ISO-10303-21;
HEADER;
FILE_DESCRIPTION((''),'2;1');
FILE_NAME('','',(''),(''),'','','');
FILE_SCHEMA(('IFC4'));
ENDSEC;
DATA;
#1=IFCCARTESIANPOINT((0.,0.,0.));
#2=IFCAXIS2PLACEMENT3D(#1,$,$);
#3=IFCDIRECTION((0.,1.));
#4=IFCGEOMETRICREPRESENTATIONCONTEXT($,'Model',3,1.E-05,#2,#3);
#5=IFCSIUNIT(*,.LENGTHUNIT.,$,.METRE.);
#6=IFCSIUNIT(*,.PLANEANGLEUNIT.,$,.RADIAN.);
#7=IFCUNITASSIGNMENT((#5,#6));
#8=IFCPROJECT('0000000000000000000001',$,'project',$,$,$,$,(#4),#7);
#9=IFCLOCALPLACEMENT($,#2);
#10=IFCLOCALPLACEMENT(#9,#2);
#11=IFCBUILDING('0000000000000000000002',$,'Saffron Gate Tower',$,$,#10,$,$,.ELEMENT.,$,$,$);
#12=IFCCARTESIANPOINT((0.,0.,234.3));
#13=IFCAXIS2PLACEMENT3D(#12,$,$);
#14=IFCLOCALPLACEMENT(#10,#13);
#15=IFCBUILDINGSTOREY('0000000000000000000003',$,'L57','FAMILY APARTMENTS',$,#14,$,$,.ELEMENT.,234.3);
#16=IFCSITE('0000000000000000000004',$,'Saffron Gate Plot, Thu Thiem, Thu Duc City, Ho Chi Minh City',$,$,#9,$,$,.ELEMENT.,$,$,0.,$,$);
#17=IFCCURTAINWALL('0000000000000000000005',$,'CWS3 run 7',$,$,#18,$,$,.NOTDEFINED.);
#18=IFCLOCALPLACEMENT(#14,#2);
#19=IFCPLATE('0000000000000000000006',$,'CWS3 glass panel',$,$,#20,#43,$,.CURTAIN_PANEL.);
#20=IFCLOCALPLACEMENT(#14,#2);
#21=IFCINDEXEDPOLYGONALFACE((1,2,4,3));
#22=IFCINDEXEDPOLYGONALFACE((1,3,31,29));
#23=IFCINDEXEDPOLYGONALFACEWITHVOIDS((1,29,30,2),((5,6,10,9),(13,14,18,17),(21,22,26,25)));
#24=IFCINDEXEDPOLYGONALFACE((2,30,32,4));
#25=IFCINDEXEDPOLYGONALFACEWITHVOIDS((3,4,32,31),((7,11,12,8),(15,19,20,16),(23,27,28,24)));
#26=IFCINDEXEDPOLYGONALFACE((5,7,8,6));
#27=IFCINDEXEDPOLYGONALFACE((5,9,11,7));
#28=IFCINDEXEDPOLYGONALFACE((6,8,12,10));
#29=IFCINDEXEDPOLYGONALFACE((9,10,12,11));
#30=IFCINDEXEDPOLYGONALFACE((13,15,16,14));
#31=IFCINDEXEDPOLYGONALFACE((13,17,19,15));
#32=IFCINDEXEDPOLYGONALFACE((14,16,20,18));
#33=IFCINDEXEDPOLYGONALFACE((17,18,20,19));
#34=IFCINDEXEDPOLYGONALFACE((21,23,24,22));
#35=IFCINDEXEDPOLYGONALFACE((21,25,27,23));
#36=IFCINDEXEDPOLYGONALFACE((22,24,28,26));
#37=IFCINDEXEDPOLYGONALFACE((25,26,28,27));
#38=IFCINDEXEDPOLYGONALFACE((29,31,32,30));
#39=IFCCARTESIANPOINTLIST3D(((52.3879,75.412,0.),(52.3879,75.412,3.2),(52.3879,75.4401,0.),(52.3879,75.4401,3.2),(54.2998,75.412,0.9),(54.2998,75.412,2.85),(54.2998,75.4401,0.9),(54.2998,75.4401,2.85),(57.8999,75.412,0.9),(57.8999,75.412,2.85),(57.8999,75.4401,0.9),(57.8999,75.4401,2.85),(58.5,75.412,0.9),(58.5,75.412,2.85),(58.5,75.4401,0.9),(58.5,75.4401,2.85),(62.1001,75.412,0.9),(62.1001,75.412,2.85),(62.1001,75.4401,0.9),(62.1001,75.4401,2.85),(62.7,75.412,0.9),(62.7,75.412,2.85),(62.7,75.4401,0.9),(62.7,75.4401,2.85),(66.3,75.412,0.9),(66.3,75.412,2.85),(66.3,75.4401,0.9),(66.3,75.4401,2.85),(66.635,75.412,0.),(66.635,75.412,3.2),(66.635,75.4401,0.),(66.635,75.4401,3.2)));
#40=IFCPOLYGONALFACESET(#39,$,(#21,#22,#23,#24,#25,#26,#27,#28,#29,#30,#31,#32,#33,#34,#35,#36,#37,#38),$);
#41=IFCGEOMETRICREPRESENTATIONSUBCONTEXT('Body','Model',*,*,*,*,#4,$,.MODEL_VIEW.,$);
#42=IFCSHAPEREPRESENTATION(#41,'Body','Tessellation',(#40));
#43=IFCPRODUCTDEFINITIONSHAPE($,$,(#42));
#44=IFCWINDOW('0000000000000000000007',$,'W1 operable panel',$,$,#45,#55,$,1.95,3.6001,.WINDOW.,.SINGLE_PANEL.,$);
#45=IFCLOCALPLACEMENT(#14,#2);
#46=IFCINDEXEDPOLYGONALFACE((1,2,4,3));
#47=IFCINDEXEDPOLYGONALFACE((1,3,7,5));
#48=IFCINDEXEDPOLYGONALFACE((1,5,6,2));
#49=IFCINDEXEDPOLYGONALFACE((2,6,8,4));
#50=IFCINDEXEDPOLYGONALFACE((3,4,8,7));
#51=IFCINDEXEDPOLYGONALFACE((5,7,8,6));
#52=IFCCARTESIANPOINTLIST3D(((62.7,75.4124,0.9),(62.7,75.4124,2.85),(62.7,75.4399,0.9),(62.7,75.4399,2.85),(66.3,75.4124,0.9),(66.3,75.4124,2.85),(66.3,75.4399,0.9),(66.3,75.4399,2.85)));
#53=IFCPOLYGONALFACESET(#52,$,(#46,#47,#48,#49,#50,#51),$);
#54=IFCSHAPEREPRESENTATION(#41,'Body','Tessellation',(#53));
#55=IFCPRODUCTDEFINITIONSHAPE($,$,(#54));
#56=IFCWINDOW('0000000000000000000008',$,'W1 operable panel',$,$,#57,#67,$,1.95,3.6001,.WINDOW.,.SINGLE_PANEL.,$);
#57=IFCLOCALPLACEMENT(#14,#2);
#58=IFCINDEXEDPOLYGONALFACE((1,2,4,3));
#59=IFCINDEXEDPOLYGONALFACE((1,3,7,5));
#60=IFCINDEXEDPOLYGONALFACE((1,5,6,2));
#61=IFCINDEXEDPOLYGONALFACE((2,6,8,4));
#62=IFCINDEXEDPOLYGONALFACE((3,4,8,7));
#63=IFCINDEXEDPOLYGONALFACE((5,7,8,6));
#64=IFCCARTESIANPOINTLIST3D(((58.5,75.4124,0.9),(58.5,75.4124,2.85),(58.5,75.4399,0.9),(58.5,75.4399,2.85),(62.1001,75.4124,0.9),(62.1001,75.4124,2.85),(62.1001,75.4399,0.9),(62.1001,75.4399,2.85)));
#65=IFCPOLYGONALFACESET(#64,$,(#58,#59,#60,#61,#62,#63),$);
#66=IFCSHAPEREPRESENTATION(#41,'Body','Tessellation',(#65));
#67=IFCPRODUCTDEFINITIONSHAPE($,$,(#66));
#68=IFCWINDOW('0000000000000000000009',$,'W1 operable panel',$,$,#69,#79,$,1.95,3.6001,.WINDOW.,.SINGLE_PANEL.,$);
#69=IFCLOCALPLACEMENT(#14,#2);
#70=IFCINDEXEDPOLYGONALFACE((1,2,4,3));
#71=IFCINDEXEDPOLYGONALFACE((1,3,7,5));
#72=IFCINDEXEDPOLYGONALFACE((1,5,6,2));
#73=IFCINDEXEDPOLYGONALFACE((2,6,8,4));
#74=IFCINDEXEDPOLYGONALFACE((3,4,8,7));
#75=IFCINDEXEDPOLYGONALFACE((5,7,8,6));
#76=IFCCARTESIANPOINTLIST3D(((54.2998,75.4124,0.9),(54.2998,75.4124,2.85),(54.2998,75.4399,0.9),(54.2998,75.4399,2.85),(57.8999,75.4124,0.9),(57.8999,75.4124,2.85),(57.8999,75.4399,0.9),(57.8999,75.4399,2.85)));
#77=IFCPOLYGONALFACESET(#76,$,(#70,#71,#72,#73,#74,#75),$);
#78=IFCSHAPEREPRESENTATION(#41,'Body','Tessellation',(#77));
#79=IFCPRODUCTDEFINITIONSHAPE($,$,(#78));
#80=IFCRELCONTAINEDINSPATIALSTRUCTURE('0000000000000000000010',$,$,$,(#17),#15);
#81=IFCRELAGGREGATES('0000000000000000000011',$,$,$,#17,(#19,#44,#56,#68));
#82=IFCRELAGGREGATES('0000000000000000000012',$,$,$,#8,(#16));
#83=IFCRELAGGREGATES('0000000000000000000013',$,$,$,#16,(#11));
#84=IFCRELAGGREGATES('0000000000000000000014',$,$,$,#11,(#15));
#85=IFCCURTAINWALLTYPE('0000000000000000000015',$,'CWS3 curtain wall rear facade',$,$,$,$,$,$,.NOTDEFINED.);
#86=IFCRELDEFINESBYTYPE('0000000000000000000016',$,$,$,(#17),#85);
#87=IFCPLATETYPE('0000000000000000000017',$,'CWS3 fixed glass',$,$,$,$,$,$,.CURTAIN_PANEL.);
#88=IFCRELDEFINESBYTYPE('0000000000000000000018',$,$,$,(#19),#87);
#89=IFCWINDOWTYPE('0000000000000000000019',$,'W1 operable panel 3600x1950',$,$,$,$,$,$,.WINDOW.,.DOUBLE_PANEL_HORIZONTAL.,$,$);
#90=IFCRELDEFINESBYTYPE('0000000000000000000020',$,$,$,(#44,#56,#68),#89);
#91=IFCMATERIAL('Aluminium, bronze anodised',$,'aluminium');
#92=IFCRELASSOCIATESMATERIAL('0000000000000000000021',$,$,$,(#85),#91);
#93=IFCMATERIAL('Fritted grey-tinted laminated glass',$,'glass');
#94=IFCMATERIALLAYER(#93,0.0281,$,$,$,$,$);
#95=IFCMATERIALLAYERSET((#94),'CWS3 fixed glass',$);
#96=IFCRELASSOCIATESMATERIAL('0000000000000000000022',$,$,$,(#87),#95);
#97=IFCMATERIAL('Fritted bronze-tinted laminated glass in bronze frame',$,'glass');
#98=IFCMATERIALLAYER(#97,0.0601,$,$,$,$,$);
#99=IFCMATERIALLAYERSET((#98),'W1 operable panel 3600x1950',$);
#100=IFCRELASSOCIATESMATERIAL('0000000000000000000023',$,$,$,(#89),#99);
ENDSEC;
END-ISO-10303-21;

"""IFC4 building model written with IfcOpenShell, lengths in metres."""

from ifc_helpers import new_model, si_unit, direction, frame, frame_2d, origin, place, context, subcontext, project, spatial, rectangle, extrude, material, layer, layer_set, type_object, element, fill, aggregate, save


model = new_model("IFC4")

# Units and contexts
model_context = context("Model", 3, precision=1e-05, world=origin(), true_north=direction((0.0, 1.0)))
body_context = subcontext(model_context, "Body", "Model", "MODEL_VIEW")
ifc_project = project(units=[si_unit("LENGTHUNIT", "METRE"), si_unit("PLANEANGLEUNIT", "RADIAN")], contexts=[model_context])

# Site, building, storey
site_placement = place(None, origin())
site = spatial("IfcSite", under=ifc_project, at=site_placement, Name="Saffron Gate Plot, Thu Thiem, Thu Duc City, Ho Chi Minh City", CompositionType="ELEMENT", RefElevation=0.0)
building_placement = place(site_placement, origin())
building = spatial("IfcBuilding", under=site, at=building_placement, Name="Saffron Gate Tower", CompositionType="ELEMENT")
storey_placement = place(building_placement, frame((0.0, 0.0, 234.3)))
storey = spatial("IfcBuildingStorey", under=building, at=storey_placement, Name="L57", Description="FAMILY APARTMENTS", CompositionType="ELEMENT", Elevation=234.3)

# Curtain wall, plate, openings, windows
ifc_material_1 = material(Name="Aluminium, bronze anodised", Category="aluminium")
curtain_wall_type = type_object("IfcCurtainWallType", Name="CWS3 curtain wall rear facade", PredefinedType="NOTDEFINED", material=ifc_material_1)
curtain_wall_placement = place(storey_placement, origin())
curtain_wall = element("IfcCurtainWall", 1, at=curtain_wall_placement, inside=storey, type_object=curtain_wall_type, Name="CWS3 run 7", PredefinedType="NOTDEFINED")
ifc_material_2 = material(Name="Fritted grey-tinted laminated glass", Category="glass")
ifc_layer_1 = layer(ifc_material_2, 0.0281)
ifc_layer_set_1 = layer_set([ifc_layer_1], Name="CWS3 fixed glass")
plate_type = type_object("IfcPlateType", Name="CWS3 fixed glass", PredefinedType="CURTAIN_PANEL", material=ifc_layer_set_1)
plate_placement = place(storey_placement, frame((66.635, 75.426, 0.0), z_axis=(0.0, 0.0, 1.0), x_axis=(-1.0, 0.0, 0.0)))
plate = element("IfcPlate", 2, at=plate_placement, type_object=plate_type, Name="CWS3 glass panel", PredefinedType="CURTAIN_PANEL", context=body_context, shape_type="SweptSolid", body=[
    extrude(rectangle(XDim=14.2471, YDim=0.0281, at=frame_2d((7.1235, 0.0))), origin(), (0.0, 0.0, 1.0), 3.2),
])
opening_1_placement = place(plate_placement, frame((0.335, 0.0, 0.8999)))
opening_1 = element("IfcOpeningElement", 3, at=opening_1_placement, cuts=plate, PredefinedType="OPENING", context=body_context, shape_type="SweptSolid", body=[
    extrude(rectangle(XDim=3.6001, YDim=1.95, at=frame_2d((1.8, 0.9751))), frame((0.0, 0.0239, 0.0), z_axis=(0.0, -1.0, 0.0), x_axis=(1.0, 0.0, 0.0)), (0.0, 0.0, 1.0), 0.0481),
])
opening_2_placement = place(plate_placement, frame((4.5349, 0.0, 0.8999)))
opening_2 = element("IfcOpeningElement", 4, at=opening_2_placement, cuts=plate, PredefinedType="OPENING", context=body_context, shape_type="SweptSolid", body=[
    extrude(rectangle(XDim=3.6001, YDim=1.95, at=frame_2d((1.8, 0.9751))), frame((0.0, 0.0239, 0.0), z_axis=(0.0, -1.0, 0.0), x_axis=(1.0, 0.0, 0.0)), (0.0, 0.0, 1.0), 0.0481),
])
opening_3_placement = place(plate_placement, frame((8.7351, 0.0, 0.8999)))
opening_3 = element("IfcOpeningElement", 5, at=opening_3_placement, cuts=plate, PredefinedType="OPENING", context=body_context, shape_type="SweptSolid", body=[
    extrude(rectangle(XDim=3.6001, YDim=1.95, at=frame_2d((1.8, 0.9751))), frame((0.0, 0.0239, 0.0), z_axis=(0.0, -1.0, 0.0), x_axis=(1.0, 0.0, 0.0)), (0.0, 0.0, 1.0), 0.0481),
])
ifc_material_3 = material(Name="Fritted bronze-tinted laminated glass in bronze frame", Category="glass")
ifc_layer_2 = layer(ifc_material_3, 0.0601)
ifc_layer_set_2 = layer_set([ifc_layer_2], Name="W1 operable panel 3600x1950")
window_type = type_object("IfcWindowType", Name="W1 operable panel 3600x1950", PartitioningType="DOUBLE_PANEL_HORIZONTAL", PredefinedType="WINDOW", material=ifc_layer_set_2)
window_1_placement = place(opening_1_placement, origin())
window_1 = element("IfcWindow", 6, at=window_1_placement, type_object=window_type, Name="W1 operable panel", OverallHeight=1.95, OverallWidth=3.6001, PartitioningType="SINGLE_PANEL", PredefinedType="WINDOW", context=body_context, shape_type="SweptSolid", body=[
    extrude(rectangle(XDim=3.6001, YDim=1.95, at=frame_2d((1.8, 0.9751))), frame((0.0, 0.0137, 0.0), z_axis=(0.0, -1.0, 0.0), x_axis=(1.0, 0.0, 0.0)), (0.0, 0.0, 1.0), 0.0276),
])
fill(opening_1, window_1)
window_2_placement = place(opening_2_placement, origin())
window_2 = element("IfcWindow", 7, at=window_2_placement, type_object=window_type, Name="W1 operable panel", OverallHeight=1.95, OverallWidth=3.6001, PartitioningType="SINGLE_PANEL", PredefinedType="WINDOW", context=body_context, shape_type="SweptSolid", body=[
    extrude(rectangle(XDim=3.6001, YDim=1.95, at=frame_2d((1.8, 0.9751))), frame((0.0, 0.0137, 0.0), z_axis=(0.0, -1.0, 0.0), x_axis=(1.0, 0.0, 0.0)), (0.0, 0.0, 1.0), 0.0276),
])
fill(opening_2, window_2)
window_3_placement = place(opening_3_placement, origin())
window_3 = element("IfcWindow", 8, at=window_3_placement, type_object=window_type, Name="W1 operable panel", OverallHeight=1.95, OverallWidth=3.6001, PartitioningType="SINGLE_PANEL", PredefinedType="WINDOW", context=body_context, shape_type="SweptSolid", body=[
    extrude(rectangle(XDim=3.6001, YDim=1.95, at=frame_2d((1.8, 0.9751))), frame((0.0, 0.0137, 0.0), z_axis=(0.0, -1.0, 0.0), x_axis=(1.0, 0.0, 0.0)), (0.0, 0.0, 1.0), 0.0276),
])
fill(opening_3, window_3)
aggregate(curtain_wall, [plate, window_1, window_2, window_3])

save(model, "model.ifc")
